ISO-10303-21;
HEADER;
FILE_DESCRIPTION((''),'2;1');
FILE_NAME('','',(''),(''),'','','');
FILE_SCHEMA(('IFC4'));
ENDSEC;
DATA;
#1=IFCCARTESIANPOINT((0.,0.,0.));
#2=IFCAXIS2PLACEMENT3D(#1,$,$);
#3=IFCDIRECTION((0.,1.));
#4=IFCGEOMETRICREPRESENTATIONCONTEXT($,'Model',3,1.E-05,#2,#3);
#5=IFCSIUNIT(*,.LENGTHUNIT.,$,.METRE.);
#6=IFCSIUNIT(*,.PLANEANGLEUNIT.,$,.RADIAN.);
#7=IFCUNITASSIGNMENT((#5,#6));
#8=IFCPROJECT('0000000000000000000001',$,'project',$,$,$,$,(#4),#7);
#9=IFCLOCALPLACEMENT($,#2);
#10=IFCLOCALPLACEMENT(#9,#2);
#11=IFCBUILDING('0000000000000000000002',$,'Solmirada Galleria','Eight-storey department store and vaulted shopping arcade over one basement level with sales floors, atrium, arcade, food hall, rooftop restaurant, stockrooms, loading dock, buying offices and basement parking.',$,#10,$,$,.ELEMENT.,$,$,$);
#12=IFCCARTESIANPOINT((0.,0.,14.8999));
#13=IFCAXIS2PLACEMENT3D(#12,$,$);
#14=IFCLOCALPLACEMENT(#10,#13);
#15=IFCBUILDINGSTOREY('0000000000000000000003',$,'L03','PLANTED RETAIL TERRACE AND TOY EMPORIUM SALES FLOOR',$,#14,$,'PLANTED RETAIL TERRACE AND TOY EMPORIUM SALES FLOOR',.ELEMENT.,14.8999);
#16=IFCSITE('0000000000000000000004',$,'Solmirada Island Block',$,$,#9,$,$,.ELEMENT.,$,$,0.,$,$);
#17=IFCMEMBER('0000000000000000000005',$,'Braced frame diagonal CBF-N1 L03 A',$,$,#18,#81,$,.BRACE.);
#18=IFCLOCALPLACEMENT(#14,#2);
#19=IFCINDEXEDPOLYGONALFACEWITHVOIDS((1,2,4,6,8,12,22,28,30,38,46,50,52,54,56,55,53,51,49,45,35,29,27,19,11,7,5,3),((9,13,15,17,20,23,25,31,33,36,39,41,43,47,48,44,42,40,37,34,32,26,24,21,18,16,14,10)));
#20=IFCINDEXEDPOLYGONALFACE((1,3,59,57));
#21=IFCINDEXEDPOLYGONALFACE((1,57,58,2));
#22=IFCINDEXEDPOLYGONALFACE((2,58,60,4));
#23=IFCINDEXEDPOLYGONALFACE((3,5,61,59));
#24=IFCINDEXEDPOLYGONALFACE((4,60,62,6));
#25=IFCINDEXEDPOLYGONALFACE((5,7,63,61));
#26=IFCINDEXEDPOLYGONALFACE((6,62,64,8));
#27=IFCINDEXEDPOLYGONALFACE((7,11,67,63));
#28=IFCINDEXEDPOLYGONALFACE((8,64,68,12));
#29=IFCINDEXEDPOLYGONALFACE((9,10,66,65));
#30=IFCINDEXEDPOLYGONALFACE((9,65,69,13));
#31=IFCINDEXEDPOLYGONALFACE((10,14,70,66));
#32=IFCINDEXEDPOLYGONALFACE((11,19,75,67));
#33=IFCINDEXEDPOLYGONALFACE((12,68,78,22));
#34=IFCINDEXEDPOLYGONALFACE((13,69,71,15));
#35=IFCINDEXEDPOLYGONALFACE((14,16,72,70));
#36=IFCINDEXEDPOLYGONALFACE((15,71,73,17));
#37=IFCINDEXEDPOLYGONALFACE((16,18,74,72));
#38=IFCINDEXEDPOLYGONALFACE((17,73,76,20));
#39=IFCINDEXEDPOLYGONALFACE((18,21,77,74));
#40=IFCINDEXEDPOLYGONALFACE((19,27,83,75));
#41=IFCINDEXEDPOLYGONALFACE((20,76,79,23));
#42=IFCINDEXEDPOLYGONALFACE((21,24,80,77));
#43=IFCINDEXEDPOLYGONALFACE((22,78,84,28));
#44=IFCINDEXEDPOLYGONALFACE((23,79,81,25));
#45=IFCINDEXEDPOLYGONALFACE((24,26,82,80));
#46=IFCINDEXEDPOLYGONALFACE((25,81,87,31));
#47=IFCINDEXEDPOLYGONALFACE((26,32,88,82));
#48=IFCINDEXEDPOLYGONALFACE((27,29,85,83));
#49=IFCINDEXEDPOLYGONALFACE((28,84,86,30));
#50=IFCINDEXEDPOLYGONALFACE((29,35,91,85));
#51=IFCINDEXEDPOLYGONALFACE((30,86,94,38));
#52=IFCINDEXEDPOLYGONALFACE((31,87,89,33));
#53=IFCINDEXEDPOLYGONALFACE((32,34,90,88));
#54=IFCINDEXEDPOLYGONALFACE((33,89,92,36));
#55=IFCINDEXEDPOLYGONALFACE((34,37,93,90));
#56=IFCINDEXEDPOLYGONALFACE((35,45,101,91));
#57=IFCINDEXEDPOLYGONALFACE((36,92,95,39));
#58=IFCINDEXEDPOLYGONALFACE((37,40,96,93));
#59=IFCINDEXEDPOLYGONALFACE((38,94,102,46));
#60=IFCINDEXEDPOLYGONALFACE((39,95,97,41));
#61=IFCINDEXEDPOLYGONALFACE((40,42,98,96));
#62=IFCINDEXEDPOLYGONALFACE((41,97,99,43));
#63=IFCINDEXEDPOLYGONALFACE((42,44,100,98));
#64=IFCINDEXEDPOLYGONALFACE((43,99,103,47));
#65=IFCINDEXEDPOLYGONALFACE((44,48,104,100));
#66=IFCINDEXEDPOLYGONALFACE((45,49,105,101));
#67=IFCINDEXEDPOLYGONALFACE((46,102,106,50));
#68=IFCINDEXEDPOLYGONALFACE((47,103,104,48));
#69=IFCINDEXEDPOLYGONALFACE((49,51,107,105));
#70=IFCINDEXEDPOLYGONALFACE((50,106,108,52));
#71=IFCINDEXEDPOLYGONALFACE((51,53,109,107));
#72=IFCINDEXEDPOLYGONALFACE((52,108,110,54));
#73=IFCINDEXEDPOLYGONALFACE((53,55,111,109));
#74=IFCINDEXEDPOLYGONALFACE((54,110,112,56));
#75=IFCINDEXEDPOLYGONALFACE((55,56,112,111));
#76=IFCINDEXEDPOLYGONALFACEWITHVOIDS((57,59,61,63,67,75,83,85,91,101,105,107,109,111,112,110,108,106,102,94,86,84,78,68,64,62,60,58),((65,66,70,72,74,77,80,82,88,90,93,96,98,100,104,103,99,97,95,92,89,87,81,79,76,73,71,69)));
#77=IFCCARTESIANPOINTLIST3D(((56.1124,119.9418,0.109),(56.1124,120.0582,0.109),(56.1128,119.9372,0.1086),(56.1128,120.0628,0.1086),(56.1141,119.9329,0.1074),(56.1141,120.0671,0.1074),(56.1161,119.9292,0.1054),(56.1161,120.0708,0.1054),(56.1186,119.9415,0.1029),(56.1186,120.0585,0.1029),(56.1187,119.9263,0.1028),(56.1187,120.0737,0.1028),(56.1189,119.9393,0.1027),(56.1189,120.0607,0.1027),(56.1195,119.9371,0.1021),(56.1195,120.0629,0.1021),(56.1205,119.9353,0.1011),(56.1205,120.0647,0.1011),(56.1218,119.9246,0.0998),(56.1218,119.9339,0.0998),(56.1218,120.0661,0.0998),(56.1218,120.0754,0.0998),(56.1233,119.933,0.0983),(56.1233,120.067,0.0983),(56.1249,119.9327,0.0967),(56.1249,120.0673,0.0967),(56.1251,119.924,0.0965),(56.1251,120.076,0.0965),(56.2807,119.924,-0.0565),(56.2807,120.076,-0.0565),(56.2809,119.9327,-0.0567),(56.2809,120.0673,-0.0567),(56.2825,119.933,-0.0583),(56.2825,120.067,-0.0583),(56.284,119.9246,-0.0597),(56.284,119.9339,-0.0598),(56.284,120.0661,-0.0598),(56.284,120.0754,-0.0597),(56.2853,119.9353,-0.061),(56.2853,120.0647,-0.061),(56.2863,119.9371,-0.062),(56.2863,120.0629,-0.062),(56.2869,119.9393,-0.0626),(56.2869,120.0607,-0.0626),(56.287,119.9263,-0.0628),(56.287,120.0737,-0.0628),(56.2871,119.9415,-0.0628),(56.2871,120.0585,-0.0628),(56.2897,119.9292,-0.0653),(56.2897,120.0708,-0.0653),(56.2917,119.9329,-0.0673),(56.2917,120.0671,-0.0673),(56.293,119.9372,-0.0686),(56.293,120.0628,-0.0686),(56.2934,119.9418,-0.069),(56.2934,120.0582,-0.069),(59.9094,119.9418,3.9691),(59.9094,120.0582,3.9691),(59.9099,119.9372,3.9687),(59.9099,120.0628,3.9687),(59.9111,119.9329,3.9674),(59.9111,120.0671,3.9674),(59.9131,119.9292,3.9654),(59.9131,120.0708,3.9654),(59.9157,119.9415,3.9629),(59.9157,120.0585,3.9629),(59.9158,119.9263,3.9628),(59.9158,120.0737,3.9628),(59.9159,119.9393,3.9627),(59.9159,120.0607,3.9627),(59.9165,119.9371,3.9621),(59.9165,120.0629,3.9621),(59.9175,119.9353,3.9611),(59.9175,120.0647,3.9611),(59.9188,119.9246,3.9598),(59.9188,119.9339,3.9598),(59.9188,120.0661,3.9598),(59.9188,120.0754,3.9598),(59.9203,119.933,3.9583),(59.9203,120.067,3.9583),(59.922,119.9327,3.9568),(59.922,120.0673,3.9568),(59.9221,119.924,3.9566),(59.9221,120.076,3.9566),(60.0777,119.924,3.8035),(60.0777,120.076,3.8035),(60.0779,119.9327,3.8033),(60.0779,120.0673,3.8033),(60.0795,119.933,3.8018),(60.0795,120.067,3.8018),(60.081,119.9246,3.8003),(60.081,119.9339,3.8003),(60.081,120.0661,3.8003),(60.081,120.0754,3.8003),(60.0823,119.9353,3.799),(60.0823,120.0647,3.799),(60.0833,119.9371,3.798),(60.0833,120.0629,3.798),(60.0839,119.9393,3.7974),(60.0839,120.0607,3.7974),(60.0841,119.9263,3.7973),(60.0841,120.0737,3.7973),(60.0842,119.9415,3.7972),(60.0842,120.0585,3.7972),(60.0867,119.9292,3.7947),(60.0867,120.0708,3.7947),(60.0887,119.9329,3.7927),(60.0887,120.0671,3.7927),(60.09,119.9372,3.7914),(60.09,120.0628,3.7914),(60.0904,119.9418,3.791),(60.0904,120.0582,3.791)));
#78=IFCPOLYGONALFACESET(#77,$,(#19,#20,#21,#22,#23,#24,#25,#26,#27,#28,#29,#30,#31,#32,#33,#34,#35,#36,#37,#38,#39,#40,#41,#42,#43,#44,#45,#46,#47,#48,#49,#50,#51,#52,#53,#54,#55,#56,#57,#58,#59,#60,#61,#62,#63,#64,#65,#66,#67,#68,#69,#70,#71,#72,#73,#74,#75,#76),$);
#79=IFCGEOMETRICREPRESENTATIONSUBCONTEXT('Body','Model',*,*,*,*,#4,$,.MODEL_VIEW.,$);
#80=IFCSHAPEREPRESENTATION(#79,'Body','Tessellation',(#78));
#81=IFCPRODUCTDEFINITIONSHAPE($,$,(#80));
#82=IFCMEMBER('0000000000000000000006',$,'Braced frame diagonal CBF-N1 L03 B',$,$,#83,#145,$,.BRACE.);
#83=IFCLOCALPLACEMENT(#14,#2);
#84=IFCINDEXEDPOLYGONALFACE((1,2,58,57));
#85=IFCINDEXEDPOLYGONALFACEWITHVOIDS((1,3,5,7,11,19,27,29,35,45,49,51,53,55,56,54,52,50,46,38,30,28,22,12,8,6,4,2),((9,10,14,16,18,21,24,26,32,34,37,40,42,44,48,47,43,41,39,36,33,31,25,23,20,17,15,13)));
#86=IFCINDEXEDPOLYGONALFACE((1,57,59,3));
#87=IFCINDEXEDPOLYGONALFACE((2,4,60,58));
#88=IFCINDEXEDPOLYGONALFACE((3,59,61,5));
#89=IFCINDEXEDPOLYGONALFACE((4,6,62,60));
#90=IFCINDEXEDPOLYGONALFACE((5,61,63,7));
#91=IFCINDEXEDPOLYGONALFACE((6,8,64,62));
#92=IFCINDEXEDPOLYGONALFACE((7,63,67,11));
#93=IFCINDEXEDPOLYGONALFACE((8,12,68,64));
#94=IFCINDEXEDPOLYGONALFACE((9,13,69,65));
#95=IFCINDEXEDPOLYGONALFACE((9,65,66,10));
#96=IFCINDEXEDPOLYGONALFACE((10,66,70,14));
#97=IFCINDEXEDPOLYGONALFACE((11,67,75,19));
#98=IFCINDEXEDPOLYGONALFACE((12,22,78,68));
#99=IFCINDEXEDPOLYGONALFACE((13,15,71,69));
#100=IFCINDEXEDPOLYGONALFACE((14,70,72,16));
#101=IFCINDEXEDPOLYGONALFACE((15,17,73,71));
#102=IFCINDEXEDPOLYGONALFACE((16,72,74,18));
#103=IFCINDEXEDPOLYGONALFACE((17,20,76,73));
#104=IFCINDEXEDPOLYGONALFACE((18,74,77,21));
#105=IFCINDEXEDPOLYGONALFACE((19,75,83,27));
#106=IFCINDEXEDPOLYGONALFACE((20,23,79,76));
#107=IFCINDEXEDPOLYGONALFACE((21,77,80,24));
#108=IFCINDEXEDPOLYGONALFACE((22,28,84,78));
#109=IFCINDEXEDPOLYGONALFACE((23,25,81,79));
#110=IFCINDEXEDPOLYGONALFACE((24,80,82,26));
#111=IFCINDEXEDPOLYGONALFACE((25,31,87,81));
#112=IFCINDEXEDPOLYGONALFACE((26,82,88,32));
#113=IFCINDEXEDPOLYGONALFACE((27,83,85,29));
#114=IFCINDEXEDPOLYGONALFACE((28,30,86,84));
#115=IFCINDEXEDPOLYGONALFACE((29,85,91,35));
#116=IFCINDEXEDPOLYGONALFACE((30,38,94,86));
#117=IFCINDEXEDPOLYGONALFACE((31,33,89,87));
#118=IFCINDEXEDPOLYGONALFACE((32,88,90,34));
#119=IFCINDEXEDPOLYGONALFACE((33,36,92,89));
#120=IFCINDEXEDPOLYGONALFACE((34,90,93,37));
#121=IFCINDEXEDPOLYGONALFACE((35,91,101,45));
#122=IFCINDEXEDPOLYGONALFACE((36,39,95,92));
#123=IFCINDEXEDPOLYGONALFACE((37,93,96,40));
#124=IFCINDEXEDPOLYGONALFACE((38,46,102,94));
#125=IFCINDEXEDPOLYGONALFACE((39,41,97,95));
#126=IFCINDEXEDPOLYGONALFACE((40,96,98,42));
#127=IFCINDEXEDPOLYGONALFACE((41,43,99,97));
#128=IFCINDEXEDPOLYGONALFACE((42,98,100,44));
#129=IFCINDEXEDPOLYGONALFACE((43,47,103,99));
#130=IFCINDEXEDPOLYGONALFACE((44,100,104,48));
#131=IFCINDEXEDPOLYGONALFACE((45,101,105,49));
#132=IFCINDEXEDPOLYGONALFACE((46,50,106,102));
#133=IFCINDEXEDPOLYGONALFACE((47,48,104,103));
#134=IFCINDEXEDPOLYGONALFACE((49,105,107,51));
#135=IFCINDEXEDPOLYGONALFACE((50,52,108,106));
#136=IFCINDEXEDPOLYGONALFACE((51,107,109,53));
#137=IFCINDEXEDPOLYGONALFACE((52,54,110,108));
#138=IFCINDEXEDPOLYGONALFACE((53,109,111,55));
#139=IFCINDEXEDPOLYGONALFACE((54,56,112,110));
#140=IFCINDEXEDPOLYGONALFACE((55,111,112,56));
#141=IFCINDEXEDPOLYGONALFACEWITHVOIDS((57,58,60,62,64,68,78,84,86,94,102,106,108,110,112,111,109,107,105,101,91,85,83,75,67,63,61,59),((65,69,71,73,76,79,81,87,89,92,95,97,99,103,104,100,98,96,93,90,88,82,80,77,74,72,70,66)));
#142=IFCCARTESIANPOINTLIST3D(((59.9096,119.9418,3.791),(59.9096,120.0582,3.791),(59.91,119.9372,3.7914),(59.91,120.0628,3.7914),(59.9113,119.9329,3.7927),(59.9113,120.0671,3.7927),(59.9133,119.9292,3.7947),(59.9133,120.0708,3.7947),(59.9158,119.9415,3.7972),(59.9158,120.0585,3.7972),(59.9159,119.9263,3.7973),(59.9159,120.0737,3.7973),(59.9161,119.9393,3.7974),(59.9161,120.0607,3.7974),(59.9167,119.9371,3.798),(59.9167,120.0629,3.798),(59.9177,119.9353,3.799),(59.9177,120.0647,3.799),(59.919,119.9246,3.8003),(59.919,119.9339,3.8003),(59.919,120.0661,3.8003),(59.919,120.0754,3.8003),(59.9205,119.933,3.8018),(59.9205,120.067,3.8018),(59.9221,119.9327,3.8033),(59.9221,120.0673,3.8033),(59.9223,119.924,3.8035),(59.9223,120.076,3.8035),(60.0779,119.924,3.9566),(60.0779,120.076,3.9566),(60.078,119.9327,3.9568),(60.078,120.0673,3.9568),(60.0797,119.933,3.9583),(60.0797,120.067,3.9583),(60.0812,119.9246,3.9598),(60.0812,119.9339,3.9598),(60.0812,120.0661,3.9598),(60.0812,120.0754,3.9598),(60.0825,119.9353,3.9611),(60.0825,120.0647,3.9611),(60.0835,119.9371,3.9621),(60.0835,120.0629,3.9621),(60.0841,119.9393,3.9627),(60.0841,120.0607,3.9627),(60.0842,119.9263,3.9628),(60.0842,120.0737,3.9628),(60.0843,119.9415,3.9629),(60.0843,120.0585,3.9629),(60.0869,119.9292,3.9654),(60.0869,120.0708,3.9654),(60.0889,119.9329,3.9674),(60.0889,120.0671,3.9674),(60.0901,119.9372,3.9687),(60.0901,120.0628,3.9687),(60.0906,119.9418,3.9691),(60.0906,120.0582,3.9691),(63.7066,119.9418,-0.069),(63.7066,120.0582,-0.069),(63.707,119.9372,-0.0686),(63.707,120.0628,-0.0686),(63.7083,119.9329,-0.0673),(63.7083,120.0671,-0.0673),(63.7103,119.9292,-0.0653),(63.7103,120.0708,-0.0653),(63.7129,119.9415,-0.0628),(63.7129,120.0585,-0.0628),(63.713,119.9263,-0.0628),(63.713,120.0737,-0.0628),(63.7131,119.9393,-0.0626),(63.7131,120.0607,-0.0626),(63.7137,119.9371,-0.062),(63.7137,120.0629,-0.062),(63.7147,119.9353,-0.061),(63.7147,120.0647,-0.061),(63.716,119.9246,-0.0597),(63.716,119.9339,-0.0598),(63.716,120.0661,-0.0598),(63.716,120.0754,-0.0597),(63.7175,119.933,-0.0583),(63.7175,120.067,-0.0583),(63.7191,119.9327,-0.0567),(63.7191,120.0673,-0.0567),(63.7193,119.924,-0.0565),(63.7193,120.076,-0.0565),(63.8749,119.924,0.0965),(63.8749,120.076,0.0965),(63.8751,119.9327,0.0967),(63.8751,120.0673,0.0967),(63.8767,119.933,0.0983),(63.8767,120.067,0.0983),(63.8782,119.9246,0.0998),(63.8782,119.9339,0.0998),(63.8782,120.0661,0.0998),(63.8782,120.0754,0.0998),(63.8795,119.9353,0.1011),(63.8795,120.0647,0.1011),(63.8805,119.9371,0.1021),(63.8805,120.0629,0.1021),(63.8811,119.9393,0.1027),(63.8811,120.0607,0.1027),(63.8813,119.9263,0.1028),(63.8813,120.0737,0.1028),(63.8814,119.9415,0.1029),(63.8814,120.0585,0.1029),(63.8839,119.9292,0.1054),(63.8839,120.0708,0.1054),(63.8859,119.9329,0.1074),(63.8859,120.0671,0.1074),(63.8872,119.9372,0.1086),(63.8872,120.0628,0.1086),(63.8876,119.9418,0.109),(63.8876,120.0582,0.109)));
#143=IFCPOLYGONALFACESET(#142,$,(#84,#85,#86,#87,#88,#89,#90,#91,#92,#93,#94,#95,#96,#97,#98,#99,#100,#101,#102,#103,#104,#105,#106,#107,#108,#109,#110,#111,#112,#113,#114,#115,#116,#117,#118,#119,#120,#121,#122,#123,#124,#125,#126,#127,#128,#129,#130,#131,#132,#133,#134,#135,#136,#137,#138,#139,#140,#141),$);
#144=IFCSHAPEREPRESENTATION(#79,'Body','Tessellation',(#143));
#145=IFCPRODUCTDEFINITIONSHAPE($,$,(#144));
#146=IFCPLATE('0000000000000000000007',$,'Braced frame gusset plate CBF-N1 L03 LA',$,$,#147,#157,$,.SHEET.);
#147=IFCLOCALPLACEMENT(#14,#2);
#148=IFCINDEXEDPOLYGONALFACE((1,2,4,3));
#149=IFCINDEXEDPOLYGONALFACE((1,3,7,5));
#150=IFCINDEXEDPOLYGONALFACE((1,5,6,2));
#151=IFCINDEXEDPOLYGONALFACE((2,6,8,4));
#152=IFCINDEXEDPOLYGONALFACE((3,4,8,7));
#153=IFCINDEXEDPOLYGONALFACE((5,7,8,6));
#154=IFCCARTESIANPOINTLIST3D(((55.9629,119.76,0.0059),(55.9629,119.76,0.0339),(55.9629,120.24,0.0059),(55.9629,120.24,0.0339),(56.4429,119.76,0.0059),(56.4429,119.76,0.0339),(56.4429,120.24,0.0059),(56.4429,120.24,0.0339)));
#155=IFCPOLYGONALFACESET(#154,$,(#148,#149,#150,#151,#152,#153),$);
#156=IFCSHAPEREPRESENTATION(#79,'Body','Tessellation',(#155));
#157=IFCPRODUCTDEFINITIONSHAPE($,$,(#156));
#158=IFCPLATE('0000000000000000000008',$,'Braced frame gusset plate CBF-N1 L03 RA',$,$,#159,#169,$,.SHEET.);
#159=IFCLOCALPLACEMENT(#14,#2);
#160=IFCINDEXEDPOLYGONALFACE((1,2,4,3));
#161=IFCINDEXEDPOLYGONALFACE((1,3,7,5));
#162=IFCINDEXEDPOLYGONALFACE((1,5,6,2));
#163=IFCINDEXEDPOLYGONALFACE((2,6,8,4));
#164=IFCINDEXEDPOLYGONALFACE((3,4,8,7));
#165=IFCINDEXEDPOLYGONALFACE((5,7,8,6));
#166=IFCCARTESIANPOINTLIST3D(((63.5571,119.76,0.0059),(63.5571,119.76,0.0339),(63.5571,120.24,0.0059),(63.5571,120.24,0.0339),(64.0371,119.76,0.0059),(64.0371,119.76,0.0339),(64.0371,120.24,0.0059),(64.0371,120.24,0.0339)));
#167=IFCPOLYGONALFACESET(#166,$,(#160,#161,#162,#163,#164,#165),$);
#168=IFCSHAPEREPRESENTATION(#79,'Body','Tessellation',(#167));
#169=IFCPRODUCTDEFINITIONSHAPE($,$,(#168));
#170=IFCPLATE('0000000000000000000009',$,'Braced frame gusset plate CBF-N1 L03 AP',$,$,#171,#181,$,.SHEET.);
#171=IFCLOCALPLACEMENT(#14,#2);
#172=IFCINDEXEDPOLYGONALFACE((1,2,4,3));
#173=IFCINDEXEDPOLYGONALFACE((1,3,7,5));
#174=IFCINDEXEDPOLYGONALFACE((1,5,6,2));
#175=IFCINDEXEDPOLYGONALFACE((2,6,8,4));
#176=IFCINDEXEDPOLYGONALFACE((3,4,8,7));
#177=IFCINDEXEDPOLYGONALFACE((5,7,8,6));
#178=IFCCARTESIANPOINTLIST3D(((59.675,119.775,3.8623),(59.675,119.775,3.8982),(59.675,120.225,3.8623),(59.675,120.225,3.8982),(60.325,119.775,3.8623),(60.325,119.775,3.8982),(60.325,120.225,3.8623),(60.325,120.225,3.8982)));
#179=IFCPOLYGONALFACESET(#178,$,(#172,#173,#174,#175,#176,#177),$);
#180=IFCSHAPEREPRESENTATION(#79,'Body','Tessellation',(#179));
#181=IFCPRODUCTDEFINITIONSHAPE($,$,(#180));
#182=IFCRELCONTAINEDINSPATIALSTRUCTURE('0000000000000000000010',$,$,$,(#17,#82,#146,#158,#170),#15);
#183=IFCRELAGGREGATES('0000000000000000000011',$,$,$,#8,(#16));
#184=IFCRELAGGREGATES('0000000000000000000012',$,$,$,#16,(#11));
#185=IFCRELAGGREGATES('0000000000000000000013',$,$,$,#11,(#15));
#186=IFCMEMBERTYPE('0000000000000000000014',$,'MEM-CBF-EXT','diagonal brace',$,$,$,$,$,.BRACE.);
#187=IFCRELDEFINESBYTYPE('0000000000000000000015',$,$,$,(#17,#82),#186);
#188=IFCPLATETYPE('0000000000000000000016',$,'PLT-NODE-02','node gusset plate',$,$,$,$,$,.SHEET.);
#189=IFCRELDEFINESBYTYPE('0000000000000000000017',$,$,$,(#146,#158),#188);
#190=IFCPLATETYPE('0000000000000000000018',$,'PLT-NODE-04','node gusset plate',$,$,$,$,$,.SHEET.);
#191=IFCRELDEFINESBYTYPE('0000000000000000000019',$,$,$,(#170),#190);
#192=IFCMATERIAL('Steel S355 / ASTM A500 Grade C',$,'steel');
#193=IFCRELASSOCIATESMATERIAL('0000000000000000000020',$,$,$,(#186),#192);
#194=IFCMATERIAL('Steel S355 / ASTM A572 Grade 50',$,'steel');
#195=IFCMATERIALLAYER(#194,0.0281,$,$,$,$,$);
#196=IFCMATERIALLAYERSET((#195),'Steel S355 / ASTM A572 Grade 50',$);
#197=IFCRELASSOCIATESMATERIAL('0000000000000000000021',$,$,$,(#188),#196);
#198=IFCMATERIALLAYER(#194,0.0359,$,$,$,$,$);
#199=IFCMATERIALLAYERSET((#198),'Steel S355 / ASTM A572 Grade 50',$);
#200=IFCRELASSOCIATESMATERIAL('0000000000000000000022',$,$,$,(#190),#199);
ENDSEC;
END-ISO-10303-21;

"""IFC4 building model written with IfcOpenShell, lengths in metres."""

from ifc_helpers import new_model, si_unit, direction, frame, origin, origin_2d, place, context, subcontext, project, spatial, rectangle, hollow_rectangle, extrude, material, layer, layer_set, material_profile, profile_set, type_object, element, save


model = new_model("IFC4")

# Units and contexts
model_context = context("Model", 3, precision=1e-05, world=origin(), true_north=direction((0.0, 1.0)))
body_context = subcontext(model_context, "Body", "Model", "MODEL_VIEW")
ifc_project = project(units=[si_unit("LENGTHUNIT", "METRE"), si_unit("PLANEANGLEUNIT", "RADIAN")], contexts=[model_context])

# Site, building, storey
site_placement = place(None, origin())
site = spatial("IfcSite", under=ifc_project, at=site_placement, Name="Solmirada Island Block", CompositionType="ELEMENT", RefElevation=0.0)
building_placement = place(site_placement, origin())
building = spatial("IfcBuilding", under=site, at=building_placement, Name="Solmirada Galleria", Description="Eight-storey department store and vaulted shopping arcade over one basement level with sales floors, atrium, arcade, food hall, rooftop restaurant, stockrooms, loading dock, buying offices and basement parking.", CompositionType="ELEMENT")
storey_placement = place(building_placement, frame((0.0, 0.0, 14.8999)))
storey = spatial("IfcBuildingStorey", under=building, at=storey_placement, Name="L03", Description="PLANTED RETAIL TERRACE AND TOY EMPORIUM SALES FLOOR", LongName="PLANTED RETAIL TERRACE AND TOY EMPORIUM SALES FLOOR", CompositionType="ELEMENT", Elevation=14.8999)

# Shared definitions
ifc_material_1 = material(Name="Steel S355 / ASTM A500 Grade C", Category="steel")

# Members
ifc_material_profile_1 = material_profile(ifc_material_1, hollow_rectangle(XDim=0.1521, YDim=0.2539, WallThickness=0.0088, InnerFilletRadius=0.0088, OuterFilletRadius=0.0178, at=origin_2d()), Name="HSS10X6X3/8")
ifc_profile_set_1 = profile_set([ifc_material_profile_1], Name="Steel S355 / ASTM A500 Grade C")
member_type = type_object("IfcMemberType", Name="MEM-CBF-EXT", Description="diagonal brace", PredefinedType="BRACE", material=ifc_profile_set_1)
for number, where, z_axis, x_axis, name in (
    (1, (56.2029, 120.0, 0.02), (0.701266, 0.0, 0.712899), (0.0, 1.0, 0.0), "Braced frame diagonal CBF-N1 L03 A"),
    (2, (63.7971, 120.0, 0.02), (-0.701266, 0.0, 0.712899), (0.0, -1.0, 0.0), "Braced frame diagonal CBF-N1 L03 B"),
):
    element("IfcMember", number, at=place(storey_placement, frame(where, z_axis=z_axis, x_axis=x_axis)), inside=storey, type_object=member_type, Name=name, PredefinedType="BRACE", context=body_context, shape_type="SweptSolid", body=[
        extrude(hollow_rectangle(XDim=0.1521, YDim=0.2539, WallThickness=0.0088, InnerFilletRadius=0.0088, OuterFilletRadius=0.0178, at=origin_2d()), origin(), (0.0, 0.0, 1.0), 5.4146),
    ])

# Plates
ifc_material_2 = material(Name="Steel S355 / ASTM A572 Grade 50", Category="steel")
ifc_layer_1 = layer(ifc_material_2, 0.0281)
ifc_layer_set_1 = layer_set([ifc_layer_1], Name="Steel S355 / ASTM A572 Grade 50")
plate_type_1 = type_object("IfcPlateType", Name="PLT-NODE-02", Description="node gusset plate", PredefinedType="SHEET", material=ifc_layer_set_1)
for number, where, z_axis, x_axis, name in (
    (3, (56.2029, 120.0, 0.0059), (0.0, 0.0, 1.0), (1.0, 0.0, 0.0), "Braced frame gusset plate CBF-N1 L03 LA"),
    (4, (63.7971, 120.0, 0.0059), (0.0, 0.0, 1.0), (1.0, 0.0, 0.0), "Braced frame gusset plate CBF-N1 L03 RA"),
):
    element("IfcPlate", number, at=place(storey_placement, frame(where, z_axis=z_axis, x_axis=x_axis)), inside=storey, type_object=plate_type_1, Name=name, PredefinedType="SHEET", context=body_context, shape_type="SweptSolid", body=[
        extrude(rectangle(XDim=0.48, YDim=0.48, at=origin_2d()), origin(), (0.0, 0.0, 1.0), 0.0281),
    ])
ifc_layer_2 = layer(ifc_material_2, 0.0359)
ifc_layer_set_2 = layer_set([ifc_layer_2], Name="Steel S355 / ASTM A572 Grade 50")
plate_type_2 = type_object("IfcPlateType", Name="PLT-NODE-04", Description="node gusset plate", PredefinedType="SHEET", material=ifc_layer_set_2)
plate_placement = place(storey_placement, frame((60.0, 120.0, 3.8623), z_axis=(0.0, 0.0, 1.0), x_axis=(1.0, 0.0, 0.0)))
element("IfcPlate", 5, at=plate_placement, inside=storey, type_object=plate_type_2, Name="Braced frame gusset plate CBF-N1 L03 AP", PredefinedType="SHEET", context=body_context, shape_type="SweptSolid", body=[
    extrude(rectangle(XDim=0.6499, YDim=0.45, at=origin_2d()), origin(), (0.0, 0.0, 1.0), 0.0359),
])

save(model, "model.ifc")
